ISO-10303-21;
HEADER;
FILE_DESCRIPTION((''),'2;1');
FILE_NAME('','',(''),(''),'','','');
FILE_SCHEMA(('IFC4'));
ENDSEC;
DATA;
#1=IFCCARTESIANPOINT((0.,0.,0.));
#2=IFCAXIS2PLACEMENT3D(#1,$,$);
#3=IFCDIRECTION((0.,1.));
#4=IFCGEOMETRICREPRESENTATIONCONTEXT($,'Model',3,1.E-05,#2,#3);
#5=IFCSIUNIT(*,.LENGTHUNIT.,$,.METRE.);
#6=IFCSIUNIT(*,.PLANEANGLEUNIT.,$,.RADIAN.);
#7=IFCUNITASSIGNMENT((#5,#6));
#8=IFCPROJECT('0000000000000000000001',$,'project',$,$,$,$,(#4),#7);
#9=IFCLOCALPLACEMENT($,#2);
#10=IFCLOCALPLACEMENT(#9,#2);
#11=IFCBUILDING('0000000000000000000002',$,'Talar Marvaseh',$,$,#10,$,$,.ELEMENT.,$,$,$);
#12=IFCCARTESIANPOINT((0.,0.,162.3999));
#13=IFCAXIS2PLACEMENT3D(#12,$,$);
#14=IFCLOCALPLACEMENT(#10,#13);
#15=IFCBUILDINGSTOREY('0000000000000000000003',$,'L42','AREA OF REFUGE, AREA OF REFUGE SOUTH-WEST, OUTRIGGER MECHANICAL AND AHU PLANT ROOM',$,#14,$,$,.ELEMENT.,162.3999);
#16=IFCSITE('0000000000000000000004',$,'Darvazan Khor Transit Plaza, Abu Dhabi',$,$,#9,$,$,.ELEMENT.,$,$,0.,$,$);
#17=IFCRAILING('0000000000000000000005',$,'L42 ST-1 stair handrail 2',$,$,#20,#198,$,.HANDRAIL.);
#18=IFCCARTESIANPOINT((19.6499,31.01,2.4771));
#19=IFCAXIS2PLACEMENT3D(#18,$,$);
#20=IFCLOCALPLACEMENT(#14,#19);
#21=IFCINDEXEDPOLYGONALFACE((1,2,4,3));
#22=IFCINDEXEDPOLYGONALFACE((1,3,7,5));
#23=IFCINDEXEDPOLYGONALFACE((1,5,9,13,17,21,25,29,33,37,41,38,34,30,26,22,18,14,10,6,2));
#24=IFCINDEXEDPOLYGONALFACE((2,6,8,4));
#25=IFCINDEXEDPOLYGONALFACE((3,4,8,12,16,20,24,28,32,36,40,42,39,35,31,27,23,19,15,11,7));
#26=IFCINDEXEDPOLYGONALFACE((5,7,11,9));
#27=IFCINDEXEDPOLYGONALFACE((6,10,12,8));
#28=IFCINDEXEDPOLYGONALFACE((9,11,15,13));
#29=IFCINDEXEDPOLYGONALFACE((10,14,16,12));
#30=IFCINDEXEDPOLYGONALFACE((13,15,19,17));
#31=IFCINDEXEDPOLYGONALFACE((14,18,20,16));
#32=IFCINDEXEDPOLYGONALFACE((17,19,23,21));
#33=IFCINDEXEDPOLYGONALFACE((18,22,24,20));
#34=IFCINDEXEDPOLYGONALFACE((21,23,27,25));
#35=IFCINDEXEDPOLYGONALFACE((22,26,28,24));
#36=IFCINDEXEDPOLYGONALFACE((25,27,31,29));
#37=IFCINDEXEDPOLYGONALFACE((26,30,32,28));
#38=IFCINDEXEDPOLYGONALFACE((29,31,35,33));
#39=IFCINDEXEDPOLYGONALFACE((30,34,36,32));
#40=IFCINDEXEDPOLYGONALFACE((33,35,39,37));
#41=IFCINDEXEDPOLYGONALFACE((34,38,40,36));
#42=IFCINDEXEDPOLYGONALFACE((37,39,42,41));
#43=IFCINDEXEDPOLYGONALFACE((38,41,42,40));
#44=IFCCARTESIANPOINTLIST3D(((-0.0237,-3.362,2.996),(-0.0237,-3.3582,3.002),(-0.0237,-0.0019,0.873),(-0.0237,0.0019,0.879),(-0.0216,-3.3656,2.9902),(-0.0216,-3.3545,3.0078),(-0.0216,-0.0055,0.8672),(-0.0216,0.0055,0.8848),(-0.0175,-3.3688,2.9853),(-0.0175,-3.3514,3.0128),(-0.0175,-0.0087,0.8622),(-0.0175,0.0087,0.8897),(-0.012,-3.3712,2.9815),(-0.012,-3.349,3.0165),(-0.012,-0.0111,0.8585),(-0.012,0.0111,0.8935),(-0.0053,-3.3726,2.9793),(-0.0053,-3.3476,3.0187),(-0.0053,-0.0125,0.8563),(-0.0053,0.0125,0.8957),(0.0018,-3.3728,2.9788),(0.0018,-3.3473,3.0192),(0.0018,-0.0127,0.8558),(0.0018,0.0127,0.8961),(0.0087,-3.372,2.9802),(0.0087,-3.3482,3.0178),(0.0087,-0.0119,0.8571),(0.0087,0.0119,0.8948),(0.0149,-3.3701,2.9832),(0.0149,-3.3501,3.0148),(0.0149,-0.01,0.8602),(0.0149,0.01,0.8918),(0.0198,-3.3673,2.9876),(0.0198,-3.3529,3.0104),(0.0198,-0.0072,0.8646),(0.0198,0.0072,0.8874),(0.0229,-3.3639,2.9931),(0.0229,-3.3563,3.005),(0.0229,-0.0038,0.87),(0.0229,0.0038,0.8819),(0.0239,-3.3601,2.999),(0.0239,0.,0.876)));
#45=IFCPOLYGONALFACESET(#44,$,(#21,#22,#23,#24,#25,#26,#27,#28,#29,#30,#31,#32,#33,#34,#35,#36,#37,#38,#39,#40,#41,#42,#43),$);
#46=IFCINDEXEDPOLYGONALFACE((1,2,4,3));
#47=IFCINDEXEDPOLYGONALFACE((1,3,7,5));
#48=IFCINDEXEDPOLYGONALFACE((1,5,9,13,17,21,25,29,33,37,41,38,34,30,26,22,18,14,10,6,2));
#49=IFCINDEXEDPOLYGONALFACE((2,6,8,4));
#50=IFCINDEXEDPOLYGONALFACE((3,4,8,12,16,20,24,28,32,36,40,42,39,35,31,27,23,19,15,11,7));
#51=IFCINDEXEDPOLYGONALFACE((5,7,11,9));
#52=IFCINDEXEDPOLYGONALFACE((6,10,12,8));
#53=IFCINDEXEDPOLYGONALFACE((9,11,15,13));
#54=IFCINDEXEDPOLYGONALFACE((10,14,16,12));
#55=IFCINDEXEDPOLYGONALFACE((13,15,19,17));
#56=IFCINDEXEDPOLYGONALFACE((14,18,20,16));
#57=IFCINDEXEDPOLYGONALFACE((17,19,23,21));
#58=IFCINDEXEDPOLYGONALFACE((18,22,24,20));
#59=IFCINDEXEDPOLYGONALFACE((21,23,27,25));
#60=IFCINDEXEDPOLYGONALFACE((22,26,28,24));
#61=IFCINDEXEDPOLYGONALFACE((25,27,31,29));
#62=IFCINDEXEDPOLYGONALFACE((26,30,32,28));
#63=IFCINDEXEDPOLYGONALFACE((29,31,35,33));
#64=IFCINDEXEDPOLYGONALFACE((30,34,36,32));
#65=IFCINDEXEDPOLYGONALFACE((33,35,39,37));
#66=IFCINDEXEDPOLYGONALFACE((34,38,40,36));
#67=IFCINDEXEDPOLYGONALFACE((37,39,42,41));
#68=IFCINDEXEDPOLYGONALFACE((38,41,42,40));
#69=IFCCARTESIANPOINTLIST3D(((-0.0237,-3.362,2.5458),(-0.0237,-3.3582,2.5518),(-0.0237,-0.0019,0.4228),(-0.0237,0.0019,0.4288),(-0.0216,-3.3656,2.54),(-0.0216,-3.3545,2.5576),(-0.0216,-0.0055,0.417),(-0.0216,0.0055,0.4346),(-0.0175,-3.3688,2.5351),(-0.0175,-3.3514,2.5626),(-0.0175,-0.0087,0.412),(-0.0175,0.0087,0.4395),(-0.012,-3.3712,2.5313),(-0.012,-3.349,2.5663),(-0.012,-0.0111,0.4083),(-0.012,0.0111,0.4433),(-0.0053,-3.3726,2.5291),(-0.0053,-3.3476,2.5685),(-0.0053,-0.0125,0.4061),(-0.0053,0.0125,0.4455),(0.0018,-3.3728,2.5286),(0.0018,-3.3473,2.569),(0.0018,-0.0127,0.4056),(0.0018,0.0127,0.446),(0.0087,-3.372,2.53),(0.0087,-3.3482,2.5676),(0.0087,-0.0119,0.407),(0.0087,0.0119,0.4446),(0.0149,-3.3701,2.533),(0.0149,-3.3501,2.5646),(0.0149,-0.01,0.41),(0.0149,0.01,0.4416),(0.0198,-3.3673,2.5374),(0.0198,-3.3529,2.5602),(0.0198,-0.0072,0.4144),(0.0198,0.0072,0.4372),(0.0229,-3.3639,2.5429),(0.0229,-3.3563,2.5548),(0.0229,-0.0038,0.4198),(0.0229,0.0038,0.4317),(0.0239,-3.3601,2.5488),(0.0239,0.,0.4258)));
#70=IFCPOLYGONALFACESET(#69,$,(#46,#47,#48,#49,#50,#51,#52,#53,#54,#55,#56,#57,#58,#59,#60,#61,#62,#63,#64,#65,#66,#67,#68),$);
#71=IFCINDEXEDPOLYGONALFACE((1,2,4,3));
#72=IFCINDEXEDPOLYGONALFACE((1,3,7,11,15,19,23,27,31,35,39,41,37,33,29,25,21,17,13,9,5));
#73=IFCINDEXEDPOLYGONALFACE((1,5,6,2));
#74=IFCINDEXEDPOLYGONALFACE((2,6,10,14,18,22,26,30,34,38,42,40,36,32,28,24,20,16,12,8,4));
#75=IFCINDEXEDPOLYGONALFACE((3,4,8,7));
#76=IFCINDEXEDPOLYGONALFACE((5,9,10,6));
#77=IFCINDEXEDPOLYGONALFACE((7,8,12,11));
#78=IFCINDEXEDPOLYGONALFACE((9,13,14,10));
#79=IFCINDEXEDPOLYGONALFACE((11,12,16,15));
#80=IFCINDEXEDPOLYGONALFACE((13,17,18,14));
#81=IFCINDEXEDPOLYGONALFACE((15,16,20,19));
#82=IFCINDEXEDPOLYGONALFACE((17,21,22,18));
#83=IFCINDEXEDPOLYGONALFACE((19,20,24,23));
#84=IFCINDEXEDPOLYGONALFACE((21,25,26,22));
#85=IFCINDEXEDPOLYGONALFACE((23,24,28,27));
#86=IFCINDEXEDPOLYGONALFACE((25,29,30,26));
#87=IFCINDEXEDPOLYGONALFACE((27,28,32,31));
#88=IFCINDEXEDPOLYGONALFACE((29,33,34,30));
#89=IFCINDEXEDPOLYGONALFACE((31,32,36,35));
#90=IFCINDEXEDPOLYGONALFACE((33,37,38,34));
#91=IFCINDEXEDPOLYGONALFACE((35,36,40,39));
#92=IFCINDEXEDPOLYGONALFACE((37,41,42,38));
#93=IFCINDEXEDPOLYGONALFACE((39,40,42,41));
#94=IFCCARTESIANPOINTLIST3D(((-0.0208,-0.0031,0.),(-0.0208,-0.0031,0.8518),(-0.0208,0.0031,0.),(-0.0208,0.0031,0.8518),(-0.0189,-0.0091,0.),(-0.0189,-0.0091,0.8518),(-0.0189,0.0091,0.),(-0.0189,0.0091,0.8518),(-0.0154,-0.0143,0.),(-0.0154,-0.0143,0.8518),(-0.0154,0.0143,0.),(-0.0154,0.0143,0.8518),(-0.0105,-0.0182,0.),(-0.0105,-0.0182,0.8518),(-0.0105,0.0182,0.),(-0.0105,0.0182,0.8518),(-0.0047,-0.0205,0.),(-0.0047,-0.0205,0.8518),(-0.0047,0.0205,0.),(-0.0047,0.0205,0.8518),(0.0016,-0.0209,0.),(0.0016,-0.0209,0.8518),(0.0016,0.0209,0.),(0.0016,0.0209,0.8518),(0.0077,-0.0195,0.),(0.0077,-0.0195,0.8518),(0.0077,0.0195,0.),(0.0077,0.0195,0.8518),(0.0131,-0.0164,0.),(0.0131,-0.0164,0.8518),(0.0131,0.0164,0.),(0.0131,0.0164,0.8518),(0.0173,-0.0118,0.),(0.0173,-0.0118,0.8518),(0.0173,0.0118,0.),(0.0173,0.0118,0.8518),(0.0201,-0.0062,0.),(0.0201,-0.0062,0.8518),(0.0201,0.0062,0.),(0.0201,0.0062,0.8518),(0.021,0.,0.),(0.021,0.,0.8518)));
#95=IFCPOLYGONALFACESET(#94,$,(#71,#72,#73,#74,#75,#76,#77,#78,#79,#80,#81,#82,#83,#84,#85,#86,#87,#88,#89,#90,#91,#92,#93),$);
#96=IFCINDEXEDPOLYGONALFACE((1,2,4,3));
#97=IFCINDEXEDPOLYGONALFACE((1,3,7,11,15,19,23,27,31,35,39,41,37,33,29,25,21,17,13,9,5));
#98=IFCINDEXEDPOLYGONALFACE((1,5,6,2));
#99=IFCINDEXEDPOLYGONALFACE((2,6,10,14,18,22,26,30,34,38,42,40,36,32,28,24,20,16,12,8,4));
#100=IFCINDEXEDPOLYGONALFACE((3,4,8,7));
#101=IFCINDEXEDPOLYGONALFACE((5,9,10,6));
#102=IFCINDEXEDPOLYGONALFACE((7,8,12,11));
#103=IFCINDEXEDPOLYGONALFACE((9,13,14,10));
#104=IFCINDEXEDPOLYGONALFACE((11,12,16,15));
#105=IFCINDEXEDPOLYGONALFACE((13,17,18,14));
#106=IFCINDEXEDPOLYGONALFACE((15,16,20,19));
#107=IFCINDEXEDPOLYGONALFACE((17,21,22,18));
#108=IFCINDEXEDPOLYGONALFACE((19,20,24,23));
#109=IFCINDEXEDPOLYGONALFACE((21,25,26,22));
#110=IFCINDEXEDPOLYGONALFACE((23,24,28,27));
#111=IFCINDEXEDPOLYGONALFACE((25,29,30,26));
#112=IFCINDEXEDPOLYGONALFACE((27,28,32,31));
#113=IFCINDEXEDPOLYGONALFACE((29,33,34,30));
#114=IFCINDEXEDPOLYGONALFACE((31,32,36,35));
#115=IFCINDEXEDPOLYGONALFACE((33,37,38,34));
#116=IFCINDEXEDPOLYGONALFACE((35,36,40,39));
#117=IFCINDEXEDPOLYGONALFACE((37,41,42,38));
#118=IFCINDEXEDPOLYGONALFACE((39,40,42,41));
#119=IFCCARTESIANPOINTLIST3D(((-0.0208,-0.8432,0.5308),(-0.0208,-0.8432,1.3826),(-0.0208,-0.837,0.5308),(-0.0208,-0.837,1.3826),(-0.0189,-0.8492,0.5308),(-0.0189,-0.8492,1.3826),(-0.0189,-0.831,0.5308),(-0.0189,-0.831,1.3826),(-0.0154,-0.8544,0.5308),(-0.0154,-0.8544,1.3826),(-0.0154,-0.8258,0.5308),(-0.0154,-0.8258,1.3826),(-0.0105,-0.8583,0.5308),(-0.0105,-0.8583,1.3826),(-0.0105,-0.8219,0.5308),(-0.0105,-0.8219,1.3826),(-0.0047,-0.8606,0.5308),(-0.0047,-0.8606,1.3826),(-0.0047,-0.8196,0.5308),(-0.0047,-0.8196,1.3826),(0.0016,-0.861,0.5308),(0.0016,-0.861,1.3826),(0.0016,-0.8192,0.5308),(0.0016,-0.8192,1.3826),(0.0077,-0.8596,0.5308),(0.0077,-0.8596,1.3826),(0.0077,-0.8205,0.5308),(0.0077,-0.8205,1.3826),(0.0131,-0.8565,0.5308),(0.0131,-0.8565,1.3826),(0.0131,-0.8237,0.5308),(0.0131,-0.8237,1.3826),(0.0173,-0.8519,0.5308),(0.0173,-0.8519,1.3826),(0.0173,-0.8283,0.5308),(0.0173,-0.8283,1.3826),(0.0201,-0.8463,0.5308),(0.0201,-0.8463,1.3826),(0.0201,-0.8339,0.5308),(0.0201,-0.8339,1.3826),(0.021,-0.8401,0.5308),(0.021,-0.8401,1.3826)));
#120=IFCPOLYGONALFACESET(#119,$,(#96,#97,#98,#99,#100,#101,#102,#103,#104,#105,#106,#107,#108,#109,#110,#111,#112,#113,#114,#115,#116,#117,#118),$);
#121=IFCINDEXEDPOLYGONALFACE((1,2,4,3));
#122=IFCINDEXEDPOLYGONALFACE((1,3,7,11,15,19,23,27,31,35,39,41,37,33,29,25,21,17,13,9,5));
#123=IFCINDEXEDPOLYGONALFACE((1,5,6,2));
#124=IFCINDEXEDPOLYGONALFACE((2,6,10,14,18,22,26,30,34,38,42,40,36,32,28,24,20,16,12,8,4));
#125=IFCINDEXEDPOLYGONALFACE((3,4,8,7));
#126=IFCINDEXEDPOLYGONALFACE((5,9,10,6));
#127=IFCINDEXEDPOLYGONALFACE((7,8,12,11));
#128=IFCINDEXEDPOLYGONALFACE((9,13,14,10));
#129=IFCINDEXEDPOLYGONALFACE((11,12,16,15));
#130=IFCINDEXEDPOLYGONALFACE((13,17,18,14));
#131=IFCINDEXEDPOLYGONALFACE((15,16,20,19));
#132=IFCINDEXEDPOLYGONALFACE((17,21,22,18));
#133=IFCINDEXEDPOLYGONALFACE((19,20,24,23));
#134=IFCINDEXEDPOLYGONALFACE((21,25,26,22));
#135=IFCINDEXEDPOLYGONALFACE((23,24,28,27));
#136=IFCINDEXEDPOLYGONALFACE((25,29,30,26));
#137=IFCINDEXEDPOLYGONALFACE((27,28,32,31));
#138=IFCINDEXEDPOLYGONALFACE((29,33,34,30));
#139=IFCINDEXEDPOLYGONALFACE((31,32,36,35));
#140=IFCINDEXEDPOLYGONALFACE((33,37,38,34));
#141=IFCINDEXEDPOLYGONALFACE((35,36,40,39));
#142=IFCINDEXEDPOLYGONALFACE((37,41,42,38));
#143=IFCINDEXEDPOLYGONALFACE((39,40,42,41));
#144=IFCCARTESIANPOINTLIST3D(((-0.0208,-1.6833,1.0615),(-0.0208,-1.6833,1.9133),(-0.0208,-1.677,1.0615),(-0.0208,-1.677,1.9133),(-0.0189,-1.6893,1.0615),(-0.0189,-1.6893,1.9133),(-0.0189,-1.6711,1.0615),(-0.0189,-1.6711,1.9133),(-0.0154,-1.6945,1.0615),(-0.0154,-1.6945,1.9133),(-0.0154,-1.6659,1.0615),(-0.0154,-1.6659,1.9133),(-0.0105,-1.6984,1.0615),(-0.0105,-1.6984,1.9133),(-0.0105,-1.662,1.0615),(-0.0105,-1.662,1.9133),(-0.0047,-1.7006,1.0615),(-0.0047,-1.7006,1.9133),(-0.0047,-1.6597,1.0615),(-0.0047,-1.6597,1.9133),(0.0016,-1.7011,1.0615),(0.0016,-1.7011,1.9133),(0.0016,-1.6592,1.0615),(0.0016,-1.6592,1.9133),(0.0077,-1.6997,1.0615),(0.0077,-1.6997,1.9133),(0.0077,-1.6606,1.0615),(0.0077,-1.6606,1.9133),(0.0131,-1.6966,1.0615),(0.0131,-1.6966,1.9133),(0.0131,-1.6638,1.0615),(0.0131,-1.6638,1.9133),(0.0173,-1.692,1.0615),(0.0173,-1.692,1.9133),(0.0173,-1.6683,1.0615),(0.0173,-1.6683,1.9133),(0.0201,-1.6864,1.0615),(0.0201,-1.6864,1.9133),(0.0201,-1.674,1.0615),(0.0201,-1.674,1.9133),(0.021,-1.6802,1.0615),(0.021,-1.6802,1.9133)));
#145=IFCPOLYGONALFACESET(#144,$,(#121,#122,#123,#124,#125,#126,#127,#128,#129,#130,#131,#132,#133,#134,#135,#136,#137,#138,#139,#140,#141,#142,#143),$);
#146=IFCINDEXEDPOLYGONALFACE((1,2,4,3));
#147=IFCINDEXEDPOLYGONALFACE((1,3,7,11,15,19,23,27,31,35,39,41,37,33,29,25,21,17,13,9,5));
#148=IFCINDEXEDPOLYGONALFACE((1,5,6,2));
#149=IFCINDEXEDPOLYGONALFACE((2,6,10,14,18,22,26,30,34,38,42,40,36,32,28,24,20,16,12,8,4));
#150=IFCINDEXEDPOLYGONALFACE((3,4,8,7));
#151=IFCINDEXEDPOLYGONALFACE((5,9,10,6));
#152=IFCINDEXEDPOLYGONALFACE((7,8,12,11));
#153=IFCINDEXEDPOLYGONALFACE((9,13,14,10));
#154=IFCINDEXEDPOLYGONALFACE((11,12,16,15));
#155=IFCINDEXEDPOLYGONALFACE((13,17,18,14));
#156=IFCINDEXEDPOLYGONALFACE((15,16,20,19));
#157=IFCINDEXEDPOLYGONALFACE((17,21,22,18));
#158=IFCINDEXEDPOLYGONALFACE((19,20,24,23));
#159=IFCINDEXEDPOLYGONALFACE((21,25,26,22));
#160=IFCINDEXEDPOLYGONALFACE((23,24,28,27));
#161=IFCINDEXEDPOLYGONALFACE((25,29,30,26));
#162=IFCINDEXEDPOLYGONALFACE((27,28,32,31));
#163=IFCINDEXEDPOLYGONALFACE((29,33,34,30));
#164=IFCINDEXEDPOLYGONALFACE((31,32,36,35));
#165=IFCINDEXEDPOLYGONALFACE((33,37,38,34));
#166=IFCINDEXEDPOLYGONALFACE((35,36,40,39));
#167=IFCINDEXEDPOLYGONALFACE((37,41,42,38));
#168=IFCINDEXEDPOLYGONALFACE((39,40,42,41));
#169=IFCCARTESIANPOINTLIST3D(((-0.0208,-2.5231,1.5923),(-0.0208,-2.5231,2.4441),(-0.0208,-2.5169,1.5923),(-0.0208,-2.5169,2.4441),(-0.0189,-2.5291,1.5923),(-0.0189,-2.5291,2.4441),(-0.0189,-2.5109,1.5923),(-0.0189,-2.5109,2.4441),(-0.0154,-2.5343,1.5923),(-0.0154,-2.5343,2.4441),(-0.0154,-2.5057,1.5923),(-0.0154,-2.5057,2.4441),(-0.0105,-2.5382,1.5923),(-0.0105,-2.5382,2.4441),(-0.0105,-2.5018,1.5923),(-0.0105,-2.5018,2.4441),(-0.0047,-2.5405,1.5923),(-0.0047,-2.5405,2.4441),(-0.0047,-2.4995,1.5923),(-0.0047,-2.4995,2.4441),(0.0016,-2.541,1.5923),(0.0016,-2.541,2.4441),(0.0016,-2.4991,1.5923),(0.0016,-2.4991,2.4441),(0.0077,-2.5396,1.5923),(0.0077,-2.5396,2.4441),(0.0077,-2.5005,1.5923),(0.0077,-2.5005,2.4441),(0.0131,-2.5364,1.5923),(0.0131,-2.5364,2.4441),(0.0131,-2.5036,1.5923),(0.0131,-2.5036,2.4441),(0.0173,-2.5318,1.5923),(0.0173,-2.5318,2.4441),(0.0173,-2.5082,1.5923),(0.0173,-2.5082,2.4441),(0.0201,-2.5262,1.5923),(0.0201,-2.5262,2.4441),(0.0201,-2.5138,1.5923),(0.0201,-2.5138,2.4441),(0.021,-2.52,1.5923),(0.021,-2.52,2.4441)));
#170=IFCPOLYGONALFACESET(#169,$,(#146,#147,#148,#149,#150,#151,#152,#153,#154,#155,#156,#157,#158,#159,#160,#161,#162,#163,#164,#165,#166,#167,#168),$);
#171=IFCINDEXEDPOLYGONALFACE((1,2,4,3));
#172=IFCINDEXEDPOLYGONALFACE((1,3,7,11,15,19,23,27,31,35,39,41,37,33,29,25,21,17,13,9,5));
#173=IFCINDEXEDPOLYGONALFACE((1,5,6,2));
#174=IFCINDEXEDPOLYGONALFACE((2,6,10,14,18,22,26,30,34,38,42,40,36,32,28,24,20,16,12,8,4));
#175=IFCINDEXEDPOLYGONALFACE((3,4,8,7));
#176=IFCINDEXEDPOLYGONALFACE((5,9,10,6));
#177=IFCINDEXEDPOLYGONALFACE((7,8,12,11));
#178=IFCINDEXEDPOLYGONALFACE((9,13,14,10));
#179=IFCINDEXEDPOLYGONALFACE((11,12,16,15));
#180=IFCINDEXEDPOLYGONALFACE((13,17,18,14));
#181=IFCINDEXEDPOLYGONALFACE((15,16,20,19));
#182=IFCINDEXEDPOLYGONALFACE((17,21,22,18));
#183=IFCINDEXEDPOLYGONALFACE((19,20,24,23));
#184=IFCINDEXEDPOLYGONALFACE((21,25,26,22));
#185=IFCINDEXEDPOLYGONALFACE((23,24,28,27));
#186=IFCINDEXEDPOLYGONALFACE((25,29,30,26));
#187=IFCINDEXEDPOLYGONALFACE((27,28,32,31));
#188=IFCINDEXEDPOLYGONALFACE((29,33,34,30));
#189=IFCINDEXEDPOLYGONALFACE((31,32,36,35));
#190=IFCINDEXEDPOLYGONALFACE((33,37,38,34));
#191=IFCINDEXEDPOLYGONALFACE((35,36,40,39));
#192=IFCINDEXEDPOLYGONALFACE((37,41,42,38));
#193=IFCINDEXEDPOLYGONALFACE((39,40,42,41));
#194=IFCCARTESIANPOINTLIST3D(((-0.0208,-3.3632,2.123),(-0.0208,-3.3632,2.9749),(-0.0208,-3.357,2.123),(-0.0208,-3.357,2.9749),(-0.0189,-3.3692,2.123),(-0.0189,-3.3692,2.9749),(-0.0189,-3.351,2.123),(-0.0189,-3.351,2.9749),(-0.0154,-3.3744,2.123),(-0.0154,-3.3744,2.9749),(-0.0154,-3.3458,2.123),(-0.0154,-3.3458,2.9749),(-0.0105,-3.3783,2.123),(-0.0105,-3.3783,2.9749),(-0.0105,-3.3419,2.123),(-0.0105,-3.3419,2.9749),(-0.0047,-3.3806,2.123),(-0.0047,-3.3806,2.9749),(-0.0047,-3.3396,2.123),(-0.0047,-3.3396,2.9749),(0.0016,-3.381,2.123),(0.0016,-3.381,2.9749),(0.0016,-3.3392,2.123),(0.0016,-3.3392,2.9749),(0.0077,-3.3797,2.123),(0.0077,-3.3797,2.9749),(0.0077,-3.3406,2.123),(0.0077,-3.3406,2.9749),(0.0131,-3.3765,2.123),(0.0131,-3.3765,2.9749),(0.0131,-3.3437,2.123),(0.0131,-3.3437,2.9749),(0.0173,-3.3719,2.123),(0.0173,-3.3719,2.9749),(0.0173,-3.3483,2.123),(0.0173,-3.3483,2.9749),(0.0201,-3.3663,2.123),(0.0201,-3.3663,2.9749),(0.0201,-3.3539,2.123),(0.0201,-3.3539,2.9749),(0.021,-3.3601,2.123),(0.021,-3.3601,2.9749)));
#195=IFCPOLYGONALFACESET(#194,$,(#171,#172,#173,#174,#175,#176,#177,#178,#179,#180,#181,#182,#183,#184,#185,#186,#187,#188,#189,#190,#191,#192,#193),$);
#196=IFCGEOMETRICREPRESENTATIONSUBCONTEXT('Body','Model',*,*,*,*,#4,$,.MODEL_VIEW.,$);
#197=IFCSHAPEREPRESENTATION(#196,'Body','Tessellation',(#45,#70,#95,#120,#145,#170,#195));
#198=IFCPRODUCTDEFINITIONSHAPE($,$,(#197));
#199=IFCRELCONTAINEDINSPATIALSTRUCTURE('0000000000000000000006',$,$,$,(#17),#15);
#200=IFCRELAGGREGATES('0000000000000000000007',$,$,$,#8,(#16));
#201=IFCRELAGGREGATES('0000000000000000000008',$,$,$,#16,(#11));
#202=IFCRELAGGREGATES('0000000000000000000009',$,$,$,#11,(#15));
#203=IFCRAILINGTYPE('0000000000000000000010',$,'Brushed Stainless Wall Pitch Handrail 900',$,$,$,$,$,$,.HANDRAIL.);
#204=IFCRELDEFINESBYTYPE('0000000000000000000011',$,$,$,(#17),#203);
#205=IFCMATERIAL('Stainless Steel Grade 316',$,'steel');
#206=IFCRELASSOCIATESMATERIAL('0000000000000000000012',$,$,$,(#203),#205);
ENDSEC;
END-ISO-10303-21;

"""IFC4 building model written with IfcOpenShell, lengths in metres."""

from ifc_helpers import new_model, si_unit, direction, frame, origin, origin_2d, place, context, subcontext, project, spatial, circle, extrude, material, type_object, element, save


model = new_model("IFC4")

# Units and contexts
model_context = context("Model", 3, precision=1e-05, world=origin(), true_north=direction((0.0, 1.0)))
body_context = subcontext(model_context, "Body", "Model", "MODEL_VIEW")
ifc_project = project(units=[si_unit("LENGTHUNIT", "METRE"), si_unit("PLANEANGLEUNIT", "RADIAN")], contexts=[model_context])

# Site, building, storey
site_placement = place(None, origin())
site = spatial("IfcSite", under=ifc_project, at=site_placement, Name="Darvazan Khor Transit Plaza, Abu Dhabi", CompositionType="ELEMENT", RefElevation=0.0)
building_placement = place(site_placement, origin())
building = spatial("IfcBuilding", under=site, at=building_placement, Name="Talar Marvaseh", CompositionType="ELEMENT")
storey_placement = place(building_placement, frame((0.0, 0.0, 162.3999)))
storey = spatial("IfcBuildingStorey", under=building, at=storey_placement, Name="L42", Description="AREA OF REFUGE, AREA OF REFUGE SOUTH-WEST, OUTRIGGER MECHANICAL AND AHU PLANT ROOM", CompositionType="ELEMENT", Elevation=162.3999)

# Shared definitions
ifc_material_1 = material(Name="Stainless Steel Grade 316", Category="steel")

# Railing
railing_type_1 = type_object("IfcRailingType", Name="Brushed Stainless Wall Pitch Handrail 900", PredefinedType="HANDRAIL", material=ifc_material_1)
railing_1_placement = place(storey_placement, frame((19.6499, 31.01, 2.4771)))
element("IfcRailing", 1, at=railing_1_placement, inside=storey, type_object=railing_type_1, Name="L42 ST-1 stair handrail 2", PredefinedType="HANDRAIL", context=body_context, shape_type="SweptSolid", body=[
    extrude(circle(Radius=0.0239, at=origin_2d()), frame((0.0, 0.0, 0.876), z_axis=(0.0, -0.84539, 0.53415), x_axis=(1.0, 0.0, 0.0)), (0.0, 0.0, 1.0), 3.9746),
    extrude(circle(Radius=0.0239, at=origin_2d()), frame((0.0, 0.0, 0.4258), z_axis=(0.0, -0.84539, 0.53415), x_axis=(1.0, 0.0, 0.0)), (0.0, 0.0, 1.0), 3.9746),
    extrude(circle(Radius=0.021, at=origin_2d()), origin(), (0.0, 0.0, 1.0), 0.8518),
    extrude(circle(Radius=0.021, at=origin_2d()), frame((0.0, -0.8401, 0.5308)), (0.0, 0.0, 1.0), 0.8518),
    extrude(circle(Radius=0.021, at=origin_2d()), frame((0.0, -1.6802, 1.0615)), (0.0, 0.0, 1.0), 0.8518),
    extrude(circle(Radius=0.021, at=origin_2d()), frame((0.0, -2.52, 1.5923)), (0.0, 0.0, 1.0), 0.8518),
    extrude(circle(Radius=0.021, at=origin_2d()), frame((0.0, -3.3601, 2.123)), (0.0, 0.0, 1.0), 0.8518),
])

save(model, "model.ifc")
